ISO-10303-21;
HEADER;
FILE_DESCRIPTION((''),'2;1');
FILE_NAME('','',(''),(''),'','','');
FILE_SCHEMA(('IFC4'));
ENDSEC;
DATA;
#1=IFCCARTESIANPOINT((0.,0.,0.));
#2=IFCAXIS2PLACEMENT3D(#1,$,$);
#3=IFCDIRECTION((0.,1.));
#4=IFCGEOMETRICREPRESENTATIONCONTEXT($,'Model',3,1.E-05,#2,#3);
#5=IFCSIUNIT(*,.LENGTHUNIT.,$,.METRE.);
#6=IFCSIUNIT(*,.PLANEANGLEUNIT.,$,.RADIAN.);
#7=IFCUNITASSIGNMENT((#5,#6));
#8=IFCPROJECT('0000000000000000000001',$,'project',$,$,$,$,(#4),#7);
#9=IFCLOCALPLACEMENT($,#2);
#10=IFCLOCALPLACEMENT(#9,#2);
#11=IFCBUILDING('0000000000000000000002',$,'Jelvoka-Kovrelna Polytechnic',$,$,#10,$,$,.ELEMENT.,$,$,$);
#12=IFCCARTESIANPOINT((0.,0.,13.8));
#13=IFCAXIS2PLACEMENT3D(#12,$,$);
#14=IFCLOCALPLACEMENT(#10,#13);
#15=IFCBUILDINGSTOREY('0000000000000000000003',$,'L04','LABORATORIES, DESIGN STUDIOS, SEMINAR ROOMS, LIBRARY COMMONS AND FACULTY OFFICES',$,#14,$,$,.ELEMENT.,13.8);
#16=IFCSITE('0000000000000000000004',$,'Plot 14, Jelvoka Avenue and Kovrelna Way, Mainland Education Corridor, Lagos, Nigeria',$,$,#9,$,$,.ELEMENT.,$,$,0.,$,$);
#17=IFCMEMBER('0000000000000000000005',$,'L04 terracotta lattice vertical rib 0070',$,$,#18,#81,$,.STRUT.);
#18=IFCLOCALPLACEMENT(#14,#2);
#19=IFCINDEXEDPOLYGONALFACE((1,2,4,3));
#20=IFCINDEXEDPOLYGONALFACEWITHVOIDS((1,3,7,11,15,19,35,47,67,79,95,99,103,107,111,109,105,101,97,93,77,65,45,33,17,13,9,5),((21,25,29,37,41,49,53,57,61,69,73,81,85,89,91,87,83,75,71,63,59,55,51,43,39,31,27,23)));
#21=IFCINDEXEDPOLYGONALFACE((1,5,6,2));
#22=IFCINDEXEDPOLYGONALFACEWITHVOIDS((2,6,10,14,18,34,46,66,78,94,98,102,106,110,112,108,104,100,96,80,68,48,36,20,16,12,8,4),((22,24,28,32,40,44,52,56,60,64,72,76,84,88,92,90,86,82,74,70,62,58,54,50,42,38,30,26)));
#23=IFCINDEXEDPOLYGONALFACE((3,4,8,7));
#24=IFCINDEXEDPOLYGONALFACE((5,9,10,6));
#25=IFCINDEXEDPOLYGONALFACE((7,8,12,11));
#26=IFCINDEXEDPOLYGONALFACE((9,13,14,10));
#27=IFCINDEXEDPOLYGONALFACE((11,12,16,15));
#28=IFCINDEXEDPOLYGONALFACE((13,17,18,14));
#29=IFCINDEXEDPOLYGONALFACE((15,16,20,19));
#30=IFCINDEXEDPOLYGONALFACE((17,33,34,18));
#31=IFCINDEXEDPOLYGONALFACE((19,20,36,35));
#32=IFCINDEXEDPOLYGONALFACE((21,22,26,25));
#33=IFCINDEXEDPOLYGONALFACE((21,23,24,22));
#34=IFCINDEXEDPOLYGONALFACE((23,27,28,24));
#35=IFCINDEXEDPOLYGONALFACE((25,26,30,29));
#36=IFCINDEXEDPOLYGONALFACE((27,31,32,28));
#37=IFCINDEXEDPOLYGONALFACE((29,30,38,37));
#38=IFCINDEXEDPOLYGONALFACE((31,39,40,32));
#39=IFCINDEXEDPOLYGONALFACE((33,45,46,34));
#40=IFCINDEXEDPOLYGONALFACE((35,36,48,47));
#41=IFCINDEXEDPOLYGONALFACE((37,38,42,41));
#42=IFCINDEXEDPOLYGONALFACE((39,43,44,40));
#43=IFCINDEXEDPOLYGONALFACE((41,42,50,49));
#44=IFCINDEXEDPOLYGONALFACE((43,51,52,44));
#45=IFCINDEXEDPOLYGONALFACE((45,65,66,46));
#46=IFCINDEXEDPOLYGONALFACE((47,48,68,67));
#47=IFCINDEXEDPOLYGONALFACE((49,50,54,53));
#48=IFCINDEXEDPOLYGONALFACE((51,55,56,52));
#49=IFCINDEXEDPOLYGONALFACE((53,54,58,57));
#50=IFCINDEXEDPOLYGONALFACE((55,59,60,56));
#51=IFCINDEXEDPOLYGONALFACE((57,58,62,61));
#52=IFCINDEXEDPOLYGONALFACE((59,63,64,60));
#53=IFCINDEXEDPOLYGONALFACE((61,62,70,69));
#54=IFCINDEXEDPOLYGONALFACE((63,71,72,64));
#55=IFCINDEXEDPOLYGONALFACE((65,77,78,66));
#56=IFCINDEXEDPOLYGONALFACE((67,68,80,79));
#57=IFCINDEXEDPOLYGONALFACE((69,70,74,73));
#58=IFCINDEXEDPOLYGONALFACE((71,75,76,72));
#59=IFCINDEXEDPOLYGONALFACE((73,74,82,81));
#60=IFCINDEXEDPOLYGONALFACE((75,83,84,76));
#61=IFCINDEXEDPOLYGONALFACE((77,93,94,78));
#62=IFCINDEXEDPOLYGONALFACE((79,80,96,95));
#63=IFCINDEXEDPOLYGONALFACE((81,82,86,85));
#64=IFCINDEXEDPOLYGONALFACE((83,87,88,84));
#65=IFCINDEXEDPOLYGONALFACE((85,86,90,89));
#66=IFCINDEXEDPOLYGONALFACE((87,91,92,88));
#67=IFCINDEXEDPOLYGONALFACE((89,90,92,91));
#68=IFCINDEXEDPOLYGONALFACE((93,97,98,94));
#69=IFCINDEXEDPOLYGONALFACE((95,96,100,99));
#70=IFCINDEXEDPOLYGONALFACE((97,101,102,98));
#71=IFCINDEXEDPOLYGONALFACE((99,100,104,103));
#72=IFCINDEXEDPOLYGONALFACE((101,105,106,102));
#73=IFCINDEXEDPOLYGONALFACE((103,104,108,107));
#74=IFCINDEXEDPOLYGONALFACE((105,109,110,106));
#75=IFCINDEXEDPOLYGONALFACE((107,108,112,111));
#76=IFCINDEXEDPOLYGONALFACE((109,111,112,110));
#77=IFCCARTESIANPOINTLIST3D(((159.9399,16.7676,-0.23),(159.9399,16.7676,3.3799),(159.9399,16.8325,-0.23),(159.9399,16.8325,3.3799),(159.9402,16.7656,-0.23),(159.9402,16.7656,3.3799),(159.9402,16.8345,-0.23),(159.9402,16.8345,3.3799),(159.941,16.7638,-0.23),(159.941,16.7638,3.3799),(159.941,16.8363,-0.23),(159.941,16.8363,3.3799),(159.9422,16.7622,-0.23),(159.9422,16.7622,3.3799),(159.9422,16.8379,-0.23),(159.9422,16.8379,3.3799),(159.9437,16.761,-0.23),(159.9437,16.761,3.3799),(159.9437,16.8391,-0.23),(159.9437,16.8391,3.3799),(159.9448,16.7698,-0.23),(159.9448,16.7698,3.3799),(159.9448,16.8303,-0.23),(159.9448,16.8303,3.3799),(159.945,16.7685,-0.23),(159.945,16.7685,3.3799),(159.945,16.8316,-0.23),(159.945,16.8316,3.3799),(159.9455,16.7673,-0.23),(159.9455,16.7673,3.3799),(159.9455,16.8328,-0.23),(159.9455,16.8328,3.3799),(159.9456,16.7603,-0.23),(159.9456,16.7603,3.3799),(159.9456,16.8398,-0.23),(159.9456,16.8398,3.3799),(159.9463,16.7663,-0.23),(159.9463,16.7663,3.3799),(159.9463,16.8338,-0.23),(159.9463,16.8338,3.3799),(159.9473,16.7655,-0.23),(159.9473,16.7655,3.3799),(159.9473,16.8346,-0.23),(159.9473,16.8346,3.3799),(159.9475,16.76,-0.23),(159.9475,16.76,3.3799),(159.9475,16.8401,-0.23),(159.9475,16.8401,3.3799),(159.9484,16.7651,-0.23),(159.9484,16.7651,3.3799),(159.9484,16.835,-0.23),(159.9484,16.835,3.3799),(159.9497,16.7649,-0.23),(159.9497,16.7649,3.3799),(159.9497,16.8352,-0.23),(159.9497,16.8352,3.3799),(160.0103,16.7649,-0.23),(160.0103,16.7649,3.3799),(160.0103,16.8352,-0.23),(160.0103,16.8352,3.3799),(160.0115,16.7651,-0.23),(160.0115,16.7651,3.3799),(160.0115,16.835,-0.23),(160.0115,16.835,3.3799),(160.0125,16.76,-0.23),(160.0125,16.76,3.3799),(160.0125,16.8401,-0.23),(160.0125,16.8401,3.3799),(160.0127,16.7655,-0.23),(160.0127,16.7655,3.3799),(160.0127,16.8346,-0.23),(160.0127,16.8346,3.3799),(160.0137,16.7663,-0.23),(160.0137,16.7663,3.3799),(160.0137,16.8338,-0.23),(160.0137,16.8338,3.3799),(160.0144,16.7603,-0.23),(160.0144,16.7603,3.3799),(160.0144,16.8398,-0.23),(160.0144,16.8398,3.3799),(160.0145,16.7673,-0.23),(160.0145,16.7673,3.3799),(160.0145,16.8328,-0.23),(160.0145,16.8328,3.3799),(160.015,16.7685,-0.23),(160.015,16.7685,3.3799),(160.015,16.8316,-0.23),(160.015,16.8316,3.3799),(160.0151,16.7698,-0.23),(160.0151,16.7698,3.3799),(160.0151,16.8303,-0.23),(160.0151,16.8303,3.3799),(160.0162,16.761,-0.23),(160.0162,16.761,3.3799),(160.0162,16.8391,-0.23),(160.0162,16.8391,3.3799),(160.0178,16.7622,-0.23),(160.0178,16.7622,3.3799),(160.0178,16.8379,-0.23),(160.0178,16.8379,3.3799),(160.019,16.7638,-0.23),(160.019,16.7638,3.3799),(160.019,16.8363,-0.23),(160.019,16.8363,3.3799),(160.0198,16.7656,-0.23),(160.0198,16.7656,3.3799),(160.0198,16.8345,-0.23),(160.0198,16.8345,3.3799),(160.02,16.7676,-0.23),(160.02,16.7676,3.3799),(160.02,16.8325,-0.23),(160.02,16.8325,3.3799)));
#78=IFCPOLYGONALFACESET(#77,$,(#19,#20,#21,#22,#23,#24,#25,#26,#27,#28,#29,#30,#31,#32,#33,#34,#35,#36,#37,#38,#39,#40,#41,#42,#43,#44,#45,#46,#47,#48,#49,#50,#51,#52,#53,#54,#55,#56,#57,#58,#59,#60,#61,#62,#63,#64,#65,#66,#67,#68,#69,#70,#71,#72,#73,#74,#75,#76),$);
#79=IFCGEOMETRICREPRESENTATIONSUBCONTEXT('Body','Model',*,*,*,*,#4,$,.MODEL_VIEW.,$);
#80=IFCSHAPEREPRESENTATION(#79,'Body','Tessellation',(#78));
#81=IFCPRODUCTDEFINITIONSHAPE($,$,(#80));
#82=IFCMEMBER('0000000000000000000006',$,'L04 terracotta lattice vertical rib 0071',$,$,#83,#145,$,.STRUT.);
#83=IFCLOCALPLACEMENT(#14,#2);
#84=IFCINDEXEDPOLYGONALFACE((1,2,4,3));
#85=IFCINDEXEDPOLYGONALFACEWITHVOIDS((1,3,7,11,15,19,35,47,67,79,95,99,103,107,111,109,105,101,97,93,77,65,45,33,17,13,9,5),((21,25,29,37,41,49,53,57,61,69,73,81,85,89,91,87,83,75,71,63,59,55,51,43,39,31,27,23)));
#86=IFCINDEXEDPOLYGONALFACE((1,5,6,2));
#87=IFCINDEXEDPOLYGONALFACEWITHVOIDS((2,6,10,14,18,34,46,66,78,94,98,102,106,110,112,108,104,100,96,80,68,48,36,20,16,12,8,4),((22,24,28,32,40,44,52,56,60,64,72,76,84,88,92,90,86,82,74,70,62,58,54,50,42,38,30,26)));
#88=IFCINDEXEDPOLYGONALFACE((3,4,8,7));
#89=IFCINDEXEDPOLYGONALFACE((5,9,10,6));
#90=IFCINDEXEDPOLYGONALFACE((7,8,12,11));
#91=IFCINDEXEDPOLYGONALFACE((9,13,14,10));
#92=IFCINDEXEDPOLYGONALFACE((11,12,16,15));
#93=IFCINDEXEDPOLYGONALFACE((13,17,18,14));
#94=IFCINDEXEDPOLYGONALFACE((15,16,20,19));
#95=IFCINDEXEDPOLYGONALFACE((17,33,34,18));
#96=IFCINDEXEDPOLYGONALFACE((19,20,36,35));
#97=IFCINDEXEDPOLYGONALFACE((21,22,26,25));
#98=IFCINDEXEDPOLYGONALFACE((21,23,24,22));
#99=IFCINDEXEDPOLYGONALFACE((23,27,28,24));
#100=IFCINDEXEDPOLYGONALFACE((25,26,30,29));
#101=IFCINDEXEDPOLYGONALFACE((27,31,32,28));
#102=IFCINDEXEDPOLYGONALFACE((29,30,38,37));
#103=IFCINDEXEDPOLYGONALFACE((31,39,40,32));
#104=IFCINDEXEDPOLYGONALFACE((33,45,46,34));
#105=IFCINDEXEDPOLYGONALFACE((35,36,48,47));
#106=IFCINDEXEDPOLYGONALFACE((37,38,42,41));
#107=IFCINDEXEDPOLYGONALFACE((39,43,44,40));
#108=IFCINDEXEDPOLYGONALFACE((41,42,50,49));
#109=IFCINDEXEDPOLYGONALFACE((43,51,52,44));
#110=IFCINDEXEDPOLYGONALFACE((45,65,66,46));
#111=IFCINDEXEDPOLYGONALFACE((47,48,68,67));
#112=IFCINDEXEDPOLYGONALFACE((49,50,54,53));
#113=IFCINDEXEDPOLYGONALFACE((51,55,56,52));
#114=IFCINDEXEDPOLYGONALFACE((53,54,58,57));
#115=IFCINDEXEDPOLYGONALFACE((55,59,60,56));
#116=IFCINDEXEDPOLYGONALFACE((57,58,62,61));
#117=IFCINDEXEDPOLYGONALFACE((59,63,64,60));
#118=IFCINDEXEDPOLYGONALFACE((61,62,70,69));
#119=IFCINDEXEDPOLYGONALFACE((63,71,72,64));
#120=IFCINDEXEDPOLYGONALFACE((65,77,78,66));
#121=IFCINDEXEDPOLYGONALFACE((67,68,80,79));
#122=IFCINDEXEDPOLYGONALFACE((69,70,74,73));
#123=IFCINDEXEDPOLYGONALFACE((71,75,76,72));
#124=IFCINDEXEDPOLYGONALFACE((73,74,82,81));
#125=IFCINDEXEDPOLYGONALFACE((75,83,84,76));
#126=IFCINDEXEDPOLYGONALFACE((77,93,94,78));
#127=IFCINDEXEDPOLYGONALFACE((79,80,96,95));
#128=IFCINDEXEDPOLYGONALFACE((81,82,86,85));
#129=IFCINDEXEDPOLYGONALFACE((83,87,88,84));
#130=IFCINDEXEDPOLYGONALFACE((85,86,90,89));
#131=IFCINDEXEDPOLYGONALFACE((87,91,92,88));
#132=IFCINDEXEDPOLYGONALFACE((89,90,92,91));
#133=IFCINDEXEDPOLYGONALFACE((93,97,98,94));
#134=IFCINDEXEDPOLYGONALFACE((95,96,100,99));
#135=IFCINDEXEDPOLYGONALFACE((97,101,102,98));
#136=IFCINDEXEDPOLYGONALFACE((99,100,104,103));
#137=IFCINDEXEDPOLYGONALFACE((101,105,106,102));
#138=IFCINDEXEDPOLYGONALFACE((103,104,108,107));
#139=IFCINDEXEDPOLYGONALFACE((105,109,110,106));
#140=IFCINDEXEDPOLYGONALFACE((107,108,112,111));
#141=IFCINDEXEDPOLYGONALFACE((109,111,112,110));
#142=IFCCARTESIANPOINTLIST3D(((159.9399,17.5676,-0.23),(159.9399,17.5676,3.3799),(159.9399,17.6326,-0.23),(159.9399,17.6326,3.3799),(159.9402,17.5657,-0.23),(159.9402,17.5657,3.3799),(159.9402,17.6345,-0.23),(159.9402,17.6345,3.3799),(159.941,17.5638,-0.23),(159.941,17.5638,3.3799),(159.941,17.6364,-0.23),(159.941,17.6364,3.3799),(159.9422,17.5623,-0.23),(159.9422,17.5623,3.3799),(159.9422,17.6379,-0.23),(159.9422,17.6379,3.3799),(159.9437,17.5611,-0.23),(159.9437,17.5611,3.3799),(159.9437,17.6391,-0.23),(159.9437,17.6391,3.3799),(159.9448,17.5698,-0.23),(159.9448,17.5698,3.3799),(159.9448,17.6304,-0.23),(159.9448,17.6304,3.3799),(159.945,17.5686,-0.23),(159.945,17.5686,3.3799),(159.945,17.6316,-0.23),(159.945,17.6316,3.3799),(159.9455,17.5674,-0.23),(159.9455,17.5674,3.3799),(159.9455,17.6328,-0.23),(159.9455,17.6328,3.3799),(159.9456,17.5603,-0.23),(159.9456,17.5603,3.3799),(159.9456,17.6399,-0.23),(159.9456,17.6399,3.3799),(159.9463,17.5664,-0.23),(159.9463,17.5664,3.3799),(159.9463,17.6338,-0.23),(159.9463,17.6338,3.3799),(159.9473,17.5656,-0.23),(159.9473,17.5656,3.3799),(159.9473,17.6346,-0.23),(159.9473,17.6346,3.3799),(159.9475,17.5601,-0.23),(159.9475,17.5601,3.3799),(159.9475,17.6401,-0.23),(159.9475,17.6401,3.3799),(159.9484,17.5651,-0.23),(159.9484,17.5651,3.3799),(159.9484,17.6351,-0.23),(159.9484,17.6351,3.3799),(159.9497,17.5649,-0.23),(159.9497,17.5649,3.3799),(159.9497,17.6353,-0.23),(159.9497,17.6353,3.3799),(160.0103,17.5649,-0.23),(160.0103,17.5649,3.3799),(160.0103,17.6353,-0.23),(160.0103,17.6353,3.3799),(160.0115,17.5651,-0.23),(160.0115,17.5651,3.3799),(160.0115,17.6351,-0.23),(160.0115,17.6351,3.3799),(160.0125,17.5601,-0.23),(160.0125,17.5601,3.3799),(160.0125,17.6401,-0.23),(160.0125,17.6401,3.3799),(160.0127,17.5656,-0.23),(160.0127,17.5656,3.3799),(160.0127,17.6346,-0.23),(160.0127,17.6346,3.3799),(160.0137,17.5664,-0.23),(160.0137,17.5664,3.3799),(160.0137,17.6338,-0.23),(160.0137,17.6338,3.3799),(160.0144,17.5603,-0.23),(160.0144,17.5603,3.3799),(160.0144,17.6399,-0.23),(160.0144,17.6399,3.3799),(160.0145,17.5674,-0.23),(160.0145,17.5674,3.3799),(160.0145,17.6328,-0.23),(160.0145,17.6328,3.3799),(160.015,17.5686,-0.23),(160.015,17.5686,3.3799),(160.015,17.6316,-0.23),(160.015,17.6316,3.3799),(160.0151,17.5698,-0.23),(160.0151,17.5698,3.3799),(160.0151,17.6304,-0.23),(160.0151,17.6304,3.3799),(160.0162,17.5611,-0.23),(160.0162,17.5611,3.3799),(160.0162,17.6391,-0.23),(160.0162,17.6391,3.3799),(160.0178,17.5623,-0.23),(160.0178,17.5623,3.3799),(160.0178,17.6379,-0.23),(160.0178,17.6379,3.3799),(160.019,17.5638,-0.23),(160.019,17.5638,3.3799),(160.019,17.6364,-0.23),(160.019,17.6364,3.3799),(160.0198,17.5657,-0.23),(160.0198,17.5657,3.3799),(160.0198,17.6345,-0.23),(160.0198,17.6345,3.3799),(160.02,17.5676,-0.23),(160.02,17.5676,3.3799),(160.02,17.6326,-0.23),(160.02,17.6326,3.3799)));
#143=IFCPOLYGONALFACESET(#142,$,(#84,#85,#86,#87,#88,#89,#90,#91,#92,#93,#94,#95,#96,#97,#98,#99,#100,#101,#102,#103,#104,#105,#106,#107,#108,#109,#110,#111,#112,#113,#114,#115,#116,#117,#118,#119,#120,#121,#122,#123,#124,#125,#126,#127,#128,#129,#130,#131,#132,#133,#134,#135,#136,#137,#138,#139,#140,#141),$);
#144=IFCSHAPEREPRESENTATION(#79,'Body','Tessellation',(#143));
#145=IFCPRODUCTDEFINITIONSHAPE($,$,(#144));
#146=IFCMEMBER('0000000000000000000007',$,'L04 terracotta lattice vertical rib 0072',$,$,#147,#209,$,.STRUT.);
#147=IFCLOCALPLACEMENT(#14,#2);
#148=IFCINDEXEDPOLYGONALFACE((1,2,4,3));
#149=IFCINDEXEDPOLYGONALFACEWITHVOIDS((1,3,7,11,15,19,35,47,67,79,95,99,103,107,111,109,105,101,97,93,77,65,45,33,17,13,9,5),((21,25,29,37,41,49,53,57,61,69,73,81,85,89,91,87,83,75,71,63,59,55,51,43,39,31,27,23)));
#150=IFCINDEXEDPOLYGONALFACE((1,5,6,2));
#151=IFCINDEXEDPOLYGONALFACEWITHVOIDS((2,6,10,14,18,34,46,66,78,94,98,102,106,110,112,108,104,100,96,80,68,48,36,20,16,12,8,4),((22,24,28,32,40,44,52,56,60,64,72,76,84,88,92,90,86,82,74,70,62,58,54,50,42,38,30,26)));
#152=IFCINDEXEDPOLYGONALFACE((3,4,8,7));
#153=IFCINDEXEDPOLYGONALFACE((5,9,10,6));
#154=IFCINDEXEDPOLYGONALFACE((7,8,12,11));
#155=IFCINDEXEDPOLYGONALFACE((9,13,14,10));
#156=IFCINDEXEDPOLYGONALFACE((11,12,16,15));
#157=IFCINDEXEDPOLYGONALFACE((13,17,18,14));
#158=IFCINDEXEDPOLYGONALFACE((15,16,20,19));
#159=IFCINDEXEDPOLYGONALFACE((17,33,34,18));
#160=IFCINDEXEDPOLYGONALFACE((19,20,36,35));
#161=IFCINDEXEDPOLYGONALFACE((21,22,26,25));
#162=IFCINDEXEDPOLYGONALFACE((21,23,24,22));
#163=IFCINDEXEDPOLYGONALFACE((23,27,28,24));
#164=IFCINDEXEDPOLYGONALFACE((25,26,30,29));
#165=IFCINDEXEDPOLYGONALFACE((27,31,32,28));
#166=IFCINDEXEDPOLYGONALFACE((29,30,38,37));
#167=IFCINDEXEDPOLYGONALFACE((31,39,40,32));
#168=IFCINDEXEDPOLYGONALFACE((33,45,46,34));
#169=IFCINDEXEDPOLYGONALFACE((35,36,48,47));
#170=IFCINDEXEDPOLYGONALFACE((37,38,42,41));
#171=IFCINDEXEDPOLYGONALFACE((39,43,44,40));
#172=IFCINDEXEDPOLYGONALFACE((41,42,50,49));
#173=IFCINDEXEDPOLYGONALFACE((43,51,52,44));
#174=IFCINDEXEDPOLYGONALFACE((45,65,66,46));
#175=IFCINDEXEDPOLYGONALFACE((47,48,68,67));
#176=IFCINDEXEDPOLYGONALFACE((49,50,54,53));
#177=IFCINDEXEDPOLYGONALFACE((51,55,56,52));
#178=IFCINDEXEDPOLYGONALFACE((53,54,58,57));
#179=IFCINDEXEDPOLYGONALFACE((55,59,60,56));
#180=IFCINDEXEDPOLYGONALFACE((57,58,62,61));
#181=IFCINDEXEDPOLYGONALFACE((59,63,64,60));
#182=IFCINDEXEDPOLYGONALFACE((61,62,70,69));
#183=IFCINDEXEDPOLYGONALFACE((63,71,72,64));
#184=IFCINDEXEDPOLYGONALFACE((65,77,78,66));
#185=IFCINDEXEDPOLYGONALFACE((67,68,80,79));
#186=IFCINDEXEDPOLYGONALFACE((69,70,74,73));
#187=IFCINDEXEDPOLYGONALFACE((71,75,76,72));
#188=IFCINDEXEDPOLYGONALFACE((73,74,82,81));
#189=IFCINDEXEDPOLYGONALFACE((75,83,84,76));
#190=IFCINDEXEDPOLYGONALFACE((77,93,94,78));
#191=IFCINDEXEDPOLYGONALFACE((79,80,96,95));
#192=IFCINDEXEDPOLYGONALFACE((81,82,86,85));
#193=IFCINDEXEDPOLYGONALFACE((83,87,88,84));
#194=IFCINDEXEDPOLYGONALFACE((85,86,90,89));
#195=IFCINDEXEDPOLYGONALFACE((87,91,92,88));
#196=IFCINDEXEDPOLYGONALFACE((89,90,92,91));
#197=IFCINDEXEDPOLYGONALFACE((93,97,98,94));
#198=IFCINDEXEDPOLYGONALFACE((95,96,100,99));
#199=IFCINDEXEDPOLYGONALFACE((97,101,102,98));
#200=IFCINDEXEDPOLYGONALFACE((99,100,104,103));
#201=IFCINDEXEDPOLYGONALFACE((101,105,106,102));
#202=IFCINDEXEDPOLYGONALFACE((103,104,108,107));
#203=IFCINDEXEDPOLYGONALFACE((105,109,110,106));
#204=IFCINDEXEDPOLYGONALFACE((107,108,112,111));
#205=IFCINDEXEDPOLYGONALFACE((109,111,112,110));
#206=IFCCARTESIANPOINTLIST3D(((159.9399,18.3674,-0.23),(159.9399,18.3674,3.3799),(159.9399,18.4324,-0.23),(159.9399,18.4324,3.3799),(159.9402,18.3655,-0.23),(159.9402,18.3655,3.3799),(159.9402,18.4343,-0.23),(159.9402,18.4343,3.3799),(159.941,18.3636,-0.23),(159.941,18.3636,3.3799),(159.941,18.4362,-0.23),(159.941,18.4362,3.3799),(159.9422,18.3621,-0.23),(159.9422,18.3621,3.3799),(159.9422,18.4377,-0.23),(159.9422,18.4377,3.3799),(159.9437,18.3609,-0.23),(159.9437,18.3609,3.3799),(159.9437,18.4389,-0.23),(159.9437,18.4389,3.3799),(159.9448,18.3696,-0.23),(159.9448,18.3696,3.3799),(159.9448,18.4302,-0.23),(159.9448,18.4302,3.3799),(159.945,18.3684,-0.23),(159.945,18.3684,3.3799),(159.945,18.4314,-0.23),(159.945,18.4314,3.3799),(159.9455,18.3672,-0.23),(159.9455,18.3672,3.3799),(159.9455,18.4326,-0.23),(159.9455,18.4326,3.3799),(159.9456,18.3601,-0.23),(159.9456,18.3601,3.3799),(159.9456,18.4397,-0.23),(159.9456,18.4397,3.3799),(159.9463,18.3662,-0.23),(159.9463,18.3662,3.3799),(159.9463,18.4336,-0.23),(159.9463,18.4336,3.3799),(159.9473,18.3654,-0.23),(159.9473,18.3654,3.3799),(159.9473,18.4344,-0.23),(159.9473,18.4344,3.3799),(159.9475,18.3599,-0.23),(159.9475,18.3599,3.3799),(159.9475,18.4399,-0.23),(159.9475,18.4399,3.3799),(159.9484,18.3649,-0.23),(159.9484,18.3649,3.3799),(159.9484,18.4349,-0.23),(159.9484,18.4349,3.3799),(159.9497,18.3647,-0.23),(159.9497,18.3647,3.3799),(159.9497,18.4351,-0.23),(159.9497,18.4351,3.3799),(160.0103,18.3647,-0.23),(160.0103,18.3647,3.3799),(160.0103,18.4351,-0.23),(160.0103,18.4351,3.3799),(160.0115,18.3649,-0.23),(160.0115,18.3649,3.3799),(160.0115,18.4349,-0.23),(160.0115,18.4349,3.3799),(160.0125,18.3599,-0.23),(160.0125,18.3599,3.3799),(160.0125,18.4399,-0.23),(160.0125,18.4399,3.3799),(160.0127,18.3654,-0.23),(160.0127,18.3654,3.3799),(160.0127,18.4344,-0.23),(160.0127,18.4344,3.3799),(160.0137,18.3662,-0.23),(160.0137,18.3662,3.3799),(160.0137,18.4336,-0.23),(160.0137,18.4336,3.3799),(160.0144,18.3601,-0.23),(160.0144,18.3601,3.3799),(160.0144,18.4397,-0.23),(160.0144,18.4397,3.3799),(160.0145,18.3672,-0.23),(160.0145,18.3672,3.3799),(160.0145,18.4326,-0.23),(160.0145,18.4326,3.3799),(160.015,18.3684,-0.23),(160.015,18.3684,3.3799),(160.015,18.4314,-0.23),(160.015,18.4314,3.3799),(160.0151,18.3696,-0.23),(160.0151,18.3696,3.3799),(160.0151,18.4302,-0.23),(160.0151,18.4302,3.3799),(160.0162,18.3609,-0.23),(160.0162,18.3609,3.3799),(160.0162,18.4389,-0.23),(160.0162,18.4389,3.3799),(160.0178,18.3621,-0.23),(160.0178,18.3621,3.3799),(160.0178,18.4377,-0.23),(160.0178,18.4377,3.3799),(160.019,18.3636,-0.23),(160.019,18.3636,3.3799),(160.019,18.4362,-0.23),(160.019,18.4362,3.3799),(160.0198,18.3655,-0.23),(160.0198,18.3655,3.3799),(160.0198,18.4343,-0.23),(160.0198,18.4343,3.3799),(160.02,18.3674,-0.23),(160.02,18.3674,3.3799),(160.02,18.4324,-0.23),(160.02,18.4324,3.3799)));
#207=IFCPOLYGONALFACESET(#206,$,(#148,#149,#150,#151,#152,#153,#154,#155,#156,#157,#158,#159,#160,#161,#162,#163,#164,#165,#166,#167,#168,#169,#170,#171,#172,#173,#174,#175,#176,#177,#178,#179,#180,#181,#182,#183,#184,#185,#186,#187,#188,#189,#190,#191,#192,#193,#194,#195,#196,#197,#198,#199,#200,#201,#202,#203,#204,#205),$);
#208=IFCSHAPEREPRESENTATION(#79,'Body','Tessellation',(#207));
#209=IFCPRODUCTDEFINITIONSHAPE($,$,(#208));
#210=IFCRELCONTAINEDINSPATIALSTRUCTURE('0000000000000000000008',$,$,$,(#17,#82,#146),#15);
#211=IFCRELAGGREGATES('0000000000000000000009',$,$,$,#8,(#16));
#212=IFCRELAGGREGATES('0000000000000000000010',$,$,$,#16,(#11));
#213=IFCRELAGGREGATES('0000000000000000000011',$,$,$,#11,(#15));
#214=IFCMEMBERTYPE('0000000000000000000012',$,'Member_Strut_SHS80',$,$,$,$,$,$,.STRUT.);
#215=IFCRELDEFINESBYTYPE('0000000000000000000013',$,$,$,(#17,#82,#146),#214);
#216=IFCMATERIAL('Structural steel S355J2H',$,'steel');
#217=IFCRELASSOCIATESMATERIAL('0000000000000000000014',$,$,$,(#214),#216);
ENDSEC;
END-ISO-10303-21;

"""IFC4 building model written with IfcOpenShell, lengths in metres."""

from ifc_helpers import new_model, si_unit, direction, frame, origin, origin_2d, place, context, subcontext, project, spatial, hollow_rectangle, extrude, material, material_profile, profile_set, type_object, element, save


model = new_model("IFC4")

# Units and contexts
model_context = context("Model", 3, precision=1e-05, world=origin(), true_north=direction((0.0, 1.0)))
body_context = subcontext(model_context, "Body", "Model", "MODEL_VIEW")
ifc_project = project(units=[si_unit("LENGTHUNIT", "METRE"), si_unit("PLANEANGLEUNIT", "RADIAN")], contexts=[model_context])

# Site, building, storey
site_placement = place(None, origin())
site = spatial("IfcSite", under=ifc_project, at=site_placement, Name="Plot 14, Jelvoka Avenue and Kovrelna Way, Mainland Education Corridor, Lagos, Nigeria", CompositionType="ELEMENT", RefElevation=0.0)
building_placement = place(site_placement, origin())
building = spatial("IfcBuilding", under=site, at=building_placement, Name="Jelvoka-Kovrelna Polytechnic", CompositionType="ELEMENT")
storey_placement = place(building_placement, frame((0.0, 0.0, 13.8)))
storey = spatial("IfcBuildingStorey", under=building, at=storey_placement, Name="L04", Description="LABORATORIES, DESIGN STUDIOS, SEMINAR ROOMS, LIBRARY COMMONS AND FACULTY OFFICES", CompositionType="ELEMENT", Elevation=13.8)

# Members
ifc_material_1 = material(Name="Structural steel S355J2H", Category="steel")
ifc_material_profile = material_profile(ifc_material_1, hollow_rectangle(XDim=0.0801, YDim=0.0801, WallThickness=0.0049, InnerFilletRadius=0.0049, OuterFilletRadius=0.0076, at=origin_2d()), Name="80x80x5.0 SHS")
ifc_profile_set = profile_set([ifc_material_profile], Name="Structural steel S355J2H")
member_type = type_object("IfcMemberType", Name="Member_Strut_SHS80", PredefinedType="STRUT", material=ifc_profile_set)
for number, where, z_axis, x_axis, name in (
    (1, (159.98, 16.8, -0.23), (0.0, 0.0, 1.0), (1.0, 0.0, 0.0), "L04 terracotta lattice vertical rib 0070"),
    (2, (159.98, 17.6001, -0.23), (0.0, 0.0, 1.0), (1.0, 0.0, 0.0), "L04 terracotta lattice vertical rib 0071"),
    (3, (159.98, 18.3999, -0.23), (0.0, 0.0, 1.0), (1.0, 0.0, 0.0), "L04 terracotta lattice vertical rib 0072"),
):
    element("IfcMember", number, at=place(storey_placement, frame(where, z_axis=z_axis, x_axis=x_axis)), inside=storey, type_object=member_type, Name=name, PredefinedType="STRUT", context=body_context, shape_type="SweptSolid", body=[
        extrude(hollow_rectangle(XDim=0.0801, YDim=0.0801, WallThickness=0.0049, InnerFilletRadius=0.0049, OuterFilletRadius=0.0076, at=origin_2d()), origin(), (0.0, 0.0, 1.0), 3.6099),
    ])

save(model, "model.ifc")
